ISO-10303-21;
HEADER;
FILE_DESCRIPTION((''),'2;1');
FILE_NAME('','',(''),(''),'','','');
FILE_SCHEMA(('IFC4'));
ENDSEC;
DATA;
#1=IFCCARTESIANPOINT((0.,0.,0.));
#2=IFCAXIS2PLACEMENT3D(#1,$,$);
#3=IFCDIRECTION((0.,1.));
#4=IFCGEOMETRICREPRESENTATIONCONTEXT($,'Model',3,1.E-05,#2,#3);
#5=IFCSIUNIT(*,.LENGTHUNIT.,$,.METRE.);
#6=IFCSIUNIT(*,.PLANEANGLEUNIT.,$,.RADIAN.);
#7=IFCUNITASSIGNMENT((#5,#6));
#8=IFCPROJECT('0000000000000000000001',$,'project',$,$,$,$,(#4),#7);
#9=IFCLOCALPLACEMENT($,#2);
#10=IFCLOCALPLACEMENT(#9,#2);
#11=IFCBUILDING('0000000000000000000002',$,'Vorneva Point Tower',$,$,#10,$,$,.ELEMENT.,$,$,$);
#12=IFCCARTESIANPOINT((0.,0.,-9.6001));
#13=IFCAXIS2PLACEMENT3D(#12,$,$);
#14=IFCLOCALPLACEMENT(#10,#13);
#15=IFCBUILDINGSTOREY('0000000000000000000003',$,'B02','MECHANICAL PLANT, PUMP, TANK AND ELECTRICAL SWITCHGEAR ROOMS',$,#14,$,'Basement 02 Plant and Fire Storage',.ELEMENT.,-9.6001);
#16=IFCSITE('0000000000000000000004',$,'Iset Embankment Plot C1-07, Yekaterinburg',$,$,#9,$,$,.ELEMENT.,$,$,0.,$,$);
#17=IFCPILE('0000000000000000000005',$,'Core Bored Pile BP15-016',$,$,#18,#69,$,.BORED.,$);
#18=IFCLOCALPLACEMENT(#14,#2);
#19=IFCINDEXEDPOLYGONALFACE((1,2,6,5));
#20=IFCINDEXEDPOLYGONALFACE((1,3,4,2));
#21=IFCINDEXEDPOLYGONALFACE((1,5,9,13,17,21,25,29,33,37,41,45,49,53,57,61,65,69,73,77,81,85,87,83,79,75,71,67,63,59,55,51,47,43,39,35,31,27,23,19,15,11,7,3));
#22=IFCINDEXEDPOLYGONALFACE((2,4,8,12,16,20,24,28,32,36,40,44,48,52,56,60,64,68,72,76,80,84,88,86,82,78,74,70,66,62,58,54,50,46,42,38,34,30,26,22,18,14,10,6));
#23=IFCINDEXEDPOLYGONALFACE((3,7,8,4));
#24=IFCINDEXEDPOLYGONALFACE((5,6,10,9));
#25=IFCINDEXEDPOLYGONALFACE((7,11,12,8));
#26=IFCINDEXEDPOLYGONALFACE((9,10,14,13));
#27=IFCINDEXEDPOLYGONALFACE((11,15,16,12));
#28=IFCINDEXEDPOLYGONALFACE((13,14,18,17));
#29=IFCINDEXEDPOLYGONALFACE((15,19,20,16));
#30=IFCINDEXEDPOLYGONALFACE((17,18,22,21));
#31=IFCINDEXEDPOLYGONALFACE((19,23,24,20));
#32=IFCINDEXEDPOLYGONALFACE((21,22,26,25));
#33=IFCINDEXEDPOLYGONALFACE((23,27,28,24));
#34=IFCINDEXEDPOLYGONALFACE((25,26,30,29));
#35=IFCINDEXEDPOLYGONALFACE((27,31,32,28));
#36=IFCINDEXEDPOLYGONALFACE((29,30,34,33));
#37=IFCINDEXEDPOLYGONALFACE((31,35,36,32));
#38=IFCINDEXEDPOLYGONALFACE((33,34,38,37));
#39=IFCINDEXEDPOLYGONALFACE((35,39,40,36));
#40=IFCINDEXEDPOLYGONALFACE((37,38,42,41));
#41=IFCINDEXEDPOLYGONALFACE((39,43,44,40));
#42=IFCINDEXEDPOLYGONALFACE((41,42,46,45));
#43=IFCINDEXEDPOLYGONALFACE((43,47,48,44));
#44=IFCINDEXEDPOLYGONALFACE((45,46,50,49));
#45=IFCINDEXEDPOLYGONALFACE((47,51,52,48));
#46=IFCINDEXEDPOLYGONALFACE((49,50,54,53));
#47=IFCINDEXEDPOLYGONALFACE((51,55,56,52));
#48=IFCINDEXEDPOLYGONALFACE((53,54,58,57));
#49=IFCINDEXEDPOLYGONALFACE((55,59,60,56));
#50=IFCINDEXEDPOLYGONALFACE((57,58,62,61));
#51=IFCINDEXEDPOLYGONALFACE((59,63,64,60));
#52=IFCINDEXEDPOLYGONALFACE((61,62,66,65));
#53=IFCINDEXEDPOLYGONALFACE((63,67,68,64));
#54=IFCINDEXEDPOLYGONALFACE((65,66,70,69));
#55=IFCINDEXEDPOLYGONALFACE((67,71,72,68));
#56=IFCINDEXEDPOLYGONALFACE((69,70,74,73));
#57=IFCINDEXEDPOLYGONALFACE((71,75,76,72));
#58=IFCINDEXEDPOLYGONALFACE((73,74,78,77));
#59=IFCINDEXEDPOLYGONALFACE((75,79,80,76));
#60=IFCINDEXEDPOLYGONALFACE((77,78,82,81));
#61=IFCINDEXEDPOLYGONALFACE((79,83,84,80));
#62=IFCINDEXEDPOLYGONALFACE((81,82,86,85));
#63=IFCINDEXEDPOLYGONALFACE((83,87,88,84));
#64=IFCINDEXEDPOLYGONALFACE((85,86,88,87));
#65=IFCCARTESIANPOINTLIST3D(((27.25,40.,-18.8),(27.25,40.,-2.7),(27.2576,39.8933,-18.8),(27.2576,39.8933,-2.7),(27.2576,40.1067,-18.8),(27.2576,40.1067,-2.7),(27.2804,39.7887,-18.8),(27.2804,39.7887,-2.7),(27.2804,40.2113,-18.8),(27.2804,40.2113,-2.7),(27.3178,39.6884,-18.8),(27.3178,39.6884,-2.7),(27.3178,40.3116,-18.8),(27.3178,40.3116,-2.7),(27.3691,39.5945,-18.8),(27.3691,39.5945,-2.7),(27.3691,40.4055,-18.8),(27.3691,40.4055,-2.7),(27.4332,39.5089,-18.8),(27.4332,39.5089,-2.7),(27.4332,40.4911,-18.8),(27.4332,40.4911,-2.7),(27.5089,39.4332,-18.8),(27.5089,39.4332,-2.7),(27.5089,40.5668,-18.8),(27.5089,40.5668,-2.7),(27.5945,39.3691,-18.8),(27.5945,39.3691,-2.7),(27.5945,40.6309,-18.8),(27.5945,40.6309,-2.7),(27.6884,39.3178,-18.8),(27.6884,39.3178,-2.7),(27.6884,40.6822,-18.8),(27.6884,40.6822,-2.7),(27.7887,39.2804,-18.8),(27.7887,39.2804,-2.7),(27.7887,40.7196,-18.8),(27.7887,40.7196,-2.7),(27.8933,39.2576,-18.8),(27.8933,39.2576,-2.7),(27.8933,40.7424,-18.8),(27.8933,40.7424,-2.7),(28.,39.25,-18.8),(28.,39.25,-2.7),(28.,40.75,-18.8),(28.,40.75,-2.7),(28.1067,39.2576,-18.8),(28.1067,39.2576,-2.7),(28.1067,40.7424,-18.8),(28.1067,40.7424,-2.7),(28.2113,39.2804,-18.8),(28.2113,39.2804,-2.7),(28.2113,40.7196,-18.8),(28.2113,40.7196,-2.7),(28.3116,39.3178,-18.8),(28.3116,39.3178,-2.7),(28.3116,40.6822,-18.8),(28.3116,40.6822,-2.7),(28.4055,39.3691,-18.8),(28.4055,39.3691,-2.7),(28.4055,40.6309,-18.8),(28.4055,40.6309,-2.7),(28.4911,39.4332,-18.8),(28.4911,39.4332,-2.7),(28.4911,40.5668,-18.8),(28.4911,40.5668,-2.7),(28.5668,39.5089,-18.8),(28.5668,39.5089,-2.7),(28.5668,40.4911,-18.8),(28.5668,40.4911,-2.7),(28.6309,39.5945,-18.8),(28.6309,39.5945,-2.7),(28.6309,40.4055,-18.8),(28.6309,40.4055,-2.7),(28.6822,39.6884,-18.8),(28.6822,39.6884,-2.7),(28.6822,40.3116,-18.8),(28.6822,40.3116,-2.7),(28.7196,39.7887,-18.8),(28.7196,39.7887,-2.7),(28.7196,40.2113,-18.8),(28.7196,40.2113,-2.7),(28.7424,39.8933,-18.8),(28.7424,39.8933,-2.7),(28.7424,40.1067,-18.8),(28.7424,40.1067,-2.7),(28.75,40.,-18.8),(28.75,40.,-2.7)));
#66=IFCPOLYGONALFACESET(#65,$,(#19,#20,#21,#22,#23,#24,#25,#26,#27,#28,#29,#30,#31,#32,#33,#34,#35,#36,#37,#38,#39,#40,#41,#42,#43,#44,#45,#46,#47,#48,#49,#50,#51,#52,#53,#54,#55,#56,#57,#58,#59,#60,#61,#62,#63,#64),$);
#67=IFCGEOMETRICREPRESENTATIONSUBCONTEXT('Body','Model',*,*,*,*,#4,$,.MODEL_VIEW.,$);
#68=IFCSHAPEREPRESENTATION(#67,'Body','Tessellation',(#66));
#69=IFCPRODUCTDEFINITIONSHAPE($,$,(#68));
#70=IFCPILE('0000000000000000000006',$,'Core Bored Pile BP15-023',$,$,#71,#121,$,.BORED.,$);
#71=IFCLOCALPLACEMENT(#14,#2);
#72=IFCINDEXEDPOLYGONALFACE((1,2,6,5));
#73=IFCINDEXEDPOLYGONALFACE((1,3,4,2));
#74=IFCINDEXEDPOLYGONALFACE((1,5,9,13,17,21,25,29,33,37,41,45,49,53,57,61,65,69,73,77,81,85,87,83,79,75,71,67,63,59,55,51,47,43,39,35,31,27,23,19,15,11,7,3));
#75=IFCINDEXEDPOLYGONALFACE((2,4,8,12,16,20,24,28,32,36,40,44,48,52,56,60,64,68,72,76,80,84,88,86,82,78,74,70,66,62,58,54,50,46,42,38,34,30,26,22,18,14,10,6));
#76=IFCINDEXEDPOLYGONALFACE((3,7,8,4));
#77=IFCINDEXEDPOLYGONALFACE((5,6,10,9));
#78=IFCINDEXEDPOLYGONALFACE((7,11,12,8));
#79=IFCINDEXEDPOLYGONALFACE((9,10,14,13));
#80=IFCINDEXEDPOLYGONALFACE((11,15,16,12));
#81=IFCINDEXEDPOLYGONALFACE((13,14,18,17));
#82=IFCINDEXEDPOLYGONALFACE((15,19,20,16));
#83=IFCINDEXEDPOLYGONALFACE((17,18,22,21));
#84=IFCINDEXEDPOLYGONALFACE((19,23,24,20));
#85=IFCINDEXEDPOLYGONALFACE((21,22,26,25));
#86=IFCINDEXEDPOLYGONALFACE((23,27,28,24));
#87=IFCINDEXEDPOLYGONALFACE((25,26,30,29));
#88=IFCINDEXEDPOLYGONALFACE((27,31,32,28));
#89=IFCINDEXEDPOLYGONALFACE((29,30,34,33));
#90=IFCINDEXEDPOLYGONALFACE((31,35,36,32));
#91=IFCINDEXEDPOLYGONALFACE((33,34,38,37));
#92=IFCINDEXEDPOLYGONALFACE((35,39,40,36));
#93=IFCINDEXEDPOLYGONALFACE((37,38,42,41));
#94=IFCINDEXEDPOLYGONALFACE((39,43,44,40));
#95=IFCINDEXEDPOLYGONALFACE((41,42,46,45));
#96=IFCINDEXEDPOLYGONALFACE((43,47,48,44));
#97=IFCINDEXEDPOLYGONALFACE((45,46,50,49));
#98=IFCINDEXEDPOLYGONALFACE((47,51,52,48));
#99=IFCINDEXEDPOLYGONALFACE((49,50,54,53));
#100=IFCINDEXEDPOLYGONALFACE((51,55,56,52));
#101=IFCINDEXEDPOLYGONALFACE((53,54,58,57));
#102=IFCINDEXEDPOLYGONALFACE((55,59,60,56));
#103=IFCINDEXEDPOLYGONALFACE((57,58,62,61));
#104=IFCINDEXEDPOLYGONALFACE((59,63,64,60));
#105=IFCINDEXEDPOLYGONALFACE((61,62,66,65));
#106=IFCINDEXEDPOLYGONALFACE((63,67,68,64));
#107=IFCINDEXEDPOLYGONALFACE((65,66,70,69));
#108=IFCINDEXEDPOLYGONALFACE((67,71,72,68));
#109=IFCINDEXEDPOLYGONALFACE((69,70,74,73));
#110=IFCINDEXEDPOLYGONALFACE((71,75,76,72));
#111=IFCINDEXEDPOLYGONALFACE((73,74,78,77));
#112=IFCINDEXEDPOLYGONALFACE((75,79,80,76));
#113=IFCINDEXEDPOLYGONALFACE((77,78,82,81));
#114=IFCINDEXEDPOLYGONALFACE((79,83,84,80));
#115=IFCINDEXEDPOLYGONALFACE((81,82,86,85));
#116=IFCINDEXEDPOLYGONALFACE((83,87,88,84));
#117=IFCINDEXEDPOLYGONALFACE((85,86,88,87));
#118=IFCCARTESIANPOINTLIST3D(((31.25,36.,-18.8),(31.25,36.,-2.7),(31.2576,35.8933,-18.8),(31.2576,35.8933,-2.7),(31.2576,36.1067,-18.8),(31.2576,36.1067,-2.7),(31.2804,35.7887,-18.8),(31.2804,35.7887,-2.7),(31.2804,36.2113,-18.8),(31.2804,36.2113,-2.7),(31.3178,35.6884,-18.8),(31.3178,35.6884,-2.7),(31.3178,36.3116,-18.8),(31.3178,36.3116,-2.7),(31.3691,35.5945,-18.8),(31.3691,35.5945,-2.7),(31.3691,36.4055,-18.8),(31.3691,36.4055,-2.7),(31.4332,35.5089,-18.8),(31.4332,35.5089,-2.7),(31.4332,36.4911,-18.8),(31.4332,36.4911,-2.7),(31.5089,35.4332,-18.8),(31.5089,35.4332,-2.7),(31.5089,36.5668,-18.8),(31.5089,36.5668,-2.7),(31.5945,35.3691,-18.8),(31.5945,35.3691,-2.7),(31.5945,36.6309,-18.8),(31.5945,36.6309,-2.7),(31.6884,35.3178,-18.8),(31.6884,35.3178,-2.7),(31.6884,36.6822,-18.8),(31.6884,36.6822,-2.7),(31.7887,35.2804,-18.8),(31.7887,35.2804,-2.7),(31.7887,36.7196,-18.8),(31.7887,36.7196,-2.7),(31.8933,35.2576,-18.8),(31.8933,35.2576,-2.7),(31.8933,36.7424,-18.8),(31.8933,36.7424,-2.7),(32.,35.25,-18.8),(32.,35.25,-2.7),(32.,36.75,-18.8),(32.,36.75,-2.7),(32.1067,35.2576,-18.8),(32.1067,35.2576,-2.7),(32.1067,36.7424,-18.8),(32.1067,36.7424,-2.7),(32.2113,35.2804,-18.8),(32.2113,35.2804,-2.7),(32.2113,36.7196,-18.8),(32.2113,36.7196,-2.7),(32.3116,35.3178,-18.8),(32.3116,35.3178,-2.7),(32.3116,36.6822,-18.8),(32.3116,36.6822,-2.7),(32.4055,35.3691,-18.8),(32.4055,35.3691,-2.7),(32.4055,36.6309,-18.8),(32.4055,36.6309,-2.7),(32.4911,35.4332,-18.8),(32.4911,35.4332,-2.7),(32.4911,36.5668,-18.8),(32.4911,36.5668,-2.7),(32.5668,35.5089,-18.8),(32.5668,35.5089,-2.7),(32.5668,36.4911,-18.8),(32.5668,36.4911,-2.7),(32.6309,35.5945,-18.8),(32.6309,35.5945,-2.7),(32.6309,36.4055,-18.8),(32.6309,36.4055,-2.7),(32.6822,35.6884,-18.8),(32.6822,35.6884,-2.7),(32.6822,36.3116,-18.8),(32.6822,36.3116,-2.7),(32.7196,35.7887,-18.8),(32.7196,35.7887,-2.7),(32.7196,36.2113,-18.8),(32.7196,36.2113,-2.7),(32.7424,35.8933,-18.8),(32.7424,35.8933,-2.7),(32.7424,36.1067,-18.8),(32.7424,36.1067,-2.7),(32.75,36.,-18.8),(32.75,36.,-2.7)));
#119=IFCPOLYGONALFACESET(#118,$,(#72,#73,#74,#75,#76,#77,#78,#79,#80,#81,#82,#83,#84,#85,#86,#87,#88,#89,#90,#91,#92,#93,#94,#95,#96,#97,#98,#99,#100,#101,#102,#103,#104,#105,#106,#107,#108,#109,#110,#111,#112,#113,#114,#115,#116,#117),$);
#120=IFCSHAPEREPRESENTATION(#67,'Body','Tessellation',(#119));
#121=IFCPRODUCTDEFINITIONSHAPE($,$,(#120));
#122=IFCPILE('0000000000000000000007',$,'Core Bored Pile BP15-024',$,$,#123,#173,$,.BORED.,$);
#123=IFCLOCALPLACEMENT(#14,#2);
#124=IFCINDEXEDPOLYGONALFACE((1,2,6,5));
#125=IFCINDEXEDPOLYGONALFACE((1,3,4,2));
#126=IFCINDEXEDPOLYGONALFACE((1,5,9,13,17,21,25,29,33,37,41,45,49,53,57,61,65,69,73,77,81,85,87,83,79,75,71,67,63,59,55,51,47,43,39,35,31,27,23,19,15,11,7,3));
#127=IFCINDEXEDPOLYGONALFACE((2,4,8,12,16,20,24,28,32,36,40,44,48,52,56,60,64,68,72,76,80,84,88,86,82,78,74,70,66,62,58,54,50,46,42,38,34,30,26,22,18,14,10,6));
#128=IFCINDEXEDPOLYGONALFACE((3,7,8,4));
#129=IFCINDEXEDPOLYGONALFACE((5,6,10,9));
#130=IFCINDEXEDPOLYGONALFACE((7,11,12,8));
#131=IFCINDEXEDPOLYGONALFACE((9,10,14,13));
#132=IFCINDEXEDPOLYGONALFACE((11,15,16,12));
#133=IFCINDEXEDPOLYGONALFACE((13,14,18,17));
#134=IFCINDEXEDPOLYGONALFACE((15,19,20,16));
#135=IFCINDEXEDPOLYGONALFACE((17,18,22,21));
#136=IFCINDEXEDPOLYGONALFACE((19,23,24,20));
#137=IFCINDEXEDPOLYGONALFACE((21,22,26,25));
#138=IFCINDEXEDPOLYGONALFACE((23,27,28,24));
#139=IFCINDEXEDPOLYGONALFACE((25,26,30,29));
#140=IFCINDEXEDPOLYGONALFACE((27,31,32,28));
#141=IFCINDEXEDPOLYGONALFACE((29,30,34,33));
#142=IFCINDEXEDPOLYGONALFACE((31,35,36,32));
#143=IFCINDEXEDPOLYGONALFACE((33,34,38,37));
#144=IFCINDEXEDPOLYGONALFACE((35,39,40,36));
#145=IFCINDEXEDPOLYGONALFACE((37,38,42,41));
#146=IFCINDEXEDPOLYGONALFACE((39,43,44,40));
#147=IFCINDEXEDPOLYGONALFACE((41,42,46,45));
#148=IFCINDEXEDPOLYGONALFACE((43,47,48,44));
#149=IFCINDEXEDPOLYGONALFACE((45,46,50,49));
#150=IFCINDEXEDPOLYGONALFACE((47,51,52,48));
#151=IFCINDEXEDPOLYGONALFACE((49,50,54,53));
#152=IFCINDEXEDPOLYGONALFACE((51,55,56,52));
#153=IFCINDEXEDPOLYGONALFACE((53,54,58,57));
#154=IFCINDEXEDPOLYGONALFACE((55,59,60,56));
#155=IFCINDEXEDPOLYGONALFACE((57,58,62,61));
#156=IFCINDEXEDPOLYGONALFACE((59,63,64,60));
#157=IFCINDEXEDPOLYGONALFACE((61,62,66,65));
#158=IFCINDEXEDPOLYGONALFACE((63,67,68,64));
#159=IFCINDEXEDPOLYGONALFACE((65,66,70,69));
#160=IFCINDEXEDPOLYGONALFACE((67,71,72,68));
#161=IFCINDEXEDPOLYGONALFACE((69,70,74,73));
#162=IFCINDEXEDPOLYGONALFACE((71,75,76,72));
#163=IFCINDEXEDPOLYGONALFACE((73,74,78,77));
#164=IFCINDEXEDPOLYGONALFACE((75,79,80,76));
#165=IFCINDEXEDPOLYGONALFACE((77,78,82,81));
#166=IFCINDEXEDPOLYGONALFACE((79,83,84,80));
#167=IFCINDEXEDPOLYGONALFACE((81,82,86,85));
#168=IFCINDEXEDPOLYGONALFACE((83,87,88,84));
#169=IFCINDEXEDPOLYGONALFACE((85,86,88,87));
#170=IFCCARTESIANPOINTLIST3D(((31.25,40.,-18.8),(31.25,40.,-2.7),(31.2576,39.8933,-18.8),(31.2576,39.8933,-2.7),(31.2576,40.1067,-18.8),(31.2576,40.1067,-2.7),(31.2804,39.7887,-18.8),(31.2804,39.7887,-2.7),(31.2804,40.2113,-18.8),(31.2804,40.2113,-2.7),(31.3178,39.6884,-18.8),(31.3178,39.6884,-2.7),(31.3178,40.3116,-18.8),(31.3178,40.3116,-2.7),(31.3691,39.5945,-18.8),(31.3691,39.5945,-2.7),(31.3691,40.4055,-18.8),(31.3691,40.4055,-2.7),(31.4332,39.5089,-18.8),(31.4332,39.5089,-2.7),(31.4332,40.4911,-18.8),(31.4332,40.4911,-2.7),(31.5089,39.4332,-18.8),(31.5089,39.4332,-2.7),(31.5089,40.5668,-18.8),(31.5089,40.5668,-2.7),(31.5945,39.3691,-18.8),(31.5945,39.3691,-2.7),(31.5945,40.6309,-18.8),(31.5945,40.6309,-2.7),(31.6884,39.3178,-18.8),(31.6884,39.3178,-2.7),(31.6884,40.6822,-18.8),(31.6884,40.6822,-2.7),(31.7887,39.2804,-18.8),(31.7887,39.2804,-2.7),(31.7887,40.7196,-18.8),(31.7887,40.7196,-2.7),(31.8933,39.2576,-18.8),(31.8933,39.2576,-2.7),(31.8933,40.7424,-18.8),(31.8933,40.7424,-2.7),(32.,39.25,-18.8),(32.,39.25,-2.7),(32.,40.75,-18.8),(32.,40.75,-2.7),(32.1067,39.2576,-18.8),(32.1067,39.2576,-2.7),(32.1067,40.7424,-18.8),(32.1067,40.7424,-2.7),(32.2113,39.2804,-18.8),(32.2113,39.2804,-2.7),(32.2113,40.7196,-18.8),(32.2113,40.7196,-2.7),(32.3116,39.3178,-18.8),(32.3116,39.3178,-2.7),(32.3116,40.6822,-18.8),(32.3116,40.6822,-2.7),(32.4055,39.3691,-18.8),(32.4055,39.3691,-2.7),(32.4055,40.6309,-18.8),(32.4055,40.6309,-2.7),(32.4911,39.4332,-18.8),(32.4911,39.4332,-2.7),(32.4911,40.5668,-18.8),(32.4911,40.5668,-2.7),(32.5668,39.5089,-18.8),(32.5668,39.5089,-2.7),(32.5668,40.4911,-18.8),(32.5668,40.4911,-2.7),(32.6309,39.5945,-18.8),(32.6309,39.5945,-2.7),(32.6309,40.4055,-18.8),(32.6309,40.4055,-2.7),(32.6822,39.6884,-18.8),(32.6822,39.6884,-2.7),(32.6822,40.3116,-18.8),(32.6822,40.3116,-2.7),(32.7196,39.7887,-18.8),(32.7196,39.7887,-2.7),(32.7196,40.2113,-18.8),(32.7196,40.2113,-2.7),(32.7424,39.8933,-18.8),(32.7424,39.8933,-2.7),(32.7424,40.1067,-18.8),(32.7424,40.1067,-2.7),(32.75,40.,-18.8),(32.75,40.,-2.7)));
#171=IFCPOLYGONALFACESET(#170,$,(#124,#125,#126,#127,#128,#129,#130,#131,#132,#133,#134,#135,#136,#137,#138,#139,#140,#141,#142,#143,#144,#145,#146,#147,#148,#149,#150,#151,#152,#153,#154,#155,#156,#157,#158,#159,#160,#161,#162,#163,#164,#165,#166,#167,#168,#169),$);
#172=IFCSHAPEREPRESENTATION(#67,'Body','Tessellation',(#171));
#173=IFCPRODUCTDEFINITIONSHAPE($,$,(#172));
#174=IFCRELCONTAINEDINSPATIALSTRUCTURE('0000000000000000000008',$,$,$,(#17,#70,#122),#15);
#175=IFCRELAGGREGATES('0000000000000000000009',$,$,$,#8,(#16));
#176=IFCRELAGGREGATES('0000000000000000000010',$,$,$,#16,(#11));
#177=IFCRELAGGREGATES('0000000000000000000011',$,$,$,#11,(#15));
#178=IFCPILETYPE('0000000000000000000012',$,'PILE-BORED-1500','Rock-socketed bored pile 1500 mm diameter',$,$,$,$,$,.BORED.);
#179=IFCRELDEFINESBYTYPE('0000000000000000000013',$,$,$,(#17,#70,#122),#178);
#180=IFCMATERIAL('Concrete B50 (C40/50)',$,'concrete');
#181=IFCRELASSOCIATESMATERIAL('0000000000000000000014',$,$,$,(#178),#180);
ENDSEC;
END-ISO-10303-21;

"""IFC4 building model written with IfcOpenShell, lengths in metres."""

from ifc_helpers import new_model, si_unit, direction, frame, origin, origin_2d, place, context, subcontext, project, spatial, circle, extrude, material, material_profile, profile_set, type_object, element, save


model = new_model("IFC4")

# Units and contexts
model_context = context("Model", 3, precision=1e-05, world=origin(), true_north=direction((0.0, 1.0)))
body_context = subcontext(model_context, "Body", "Model", "MODEL_VIEW")
ifc_project = project(units=[si_unit("LENGTHUNIT", "METRE"), si_unit("PLANEANGLEUNIT", "RADIAN")], contexts=[model_context])

# Site, building, storey
site_placement = place(None, origin())
site = spatial("IfcSite", under=ifc_project, at=site_placement, Name="Iset Embankment Plot C1-07, Yekaterinburg", CompositionType="ELEMENT", RefElevation=0.0)
building_placement = place(site_placement, origin())
building = spatial("IfcBuilding", under=site, at=building_placement, Name="Vorneva Point Tower", CompositionType="ELEMENT")
storey_placement = place(building_placement, frame((0.0, 0.0, -9.6001)))
storey = spatial("IfcBuildingStorey", under=building, at=storey_placement, Name="B02", Description="MECHANICAL PLANT, PUMP, TANK AND ELECTRICAL SWITCHGEAR ROOMS", LongName="Basement 02 Plant and Fire Storage", CompositionType="ELEMENT", Elevation=-9.6001)

# Piles
ifc_material_1 = material(Name="Concrete B50 (C40/50)", Category="concrete")
ifc_material_profile_1 = material_profile(ifc_material_1, circle(Radius=0.75, at=origin_2d()), Name="PILE-1500")
ifc_profile_set_1 = profile_set([ifc_material_profile_1], Name="Concrete B50 (C40/50)")
pile_type_1 = type_object("IfcPileType", Name="PILE-BORED-1500", Description="Rock-socketed bored pile 1500 mm diameter", PredefinedType="BORED", material=ifc_profile_set_1)
for number, where, z_axis, x_axis, name in (
    (1, (28.0, 40.0, -2.7), (0.0, 0.0, -1.0), (1.0, 0.0, 0.0), "Core Bored Pile BP15-016"),
    (2, (32.0, 36.0, -2.7), (0.0, 0.0, -1.0), (1.0, 0.0, 0.0), "Core Bored Pile BP15-023"),
    (3, (32.0, 40.0, -2.7), (0.0, 0.0, -1.0), (1.0, 0.0, 0.0), "Core Bored Pile BP15-024"),
):
    element("IfcPile", number, at=place(storey_placement, frame(where, z_axis=z_axis, x_axis=x_axis)), inside=storey, type_object=pile_type_1, Name=name, PredefinedType="BORED", context=body_context, shape_type="SweptSolid", body=[
        extrude(circle(Radius=0.75, at=origin_2d()), origin(), (0.0, 0.0, 1.0), 16.1001),
    ])

save(model, "model.ifc")
